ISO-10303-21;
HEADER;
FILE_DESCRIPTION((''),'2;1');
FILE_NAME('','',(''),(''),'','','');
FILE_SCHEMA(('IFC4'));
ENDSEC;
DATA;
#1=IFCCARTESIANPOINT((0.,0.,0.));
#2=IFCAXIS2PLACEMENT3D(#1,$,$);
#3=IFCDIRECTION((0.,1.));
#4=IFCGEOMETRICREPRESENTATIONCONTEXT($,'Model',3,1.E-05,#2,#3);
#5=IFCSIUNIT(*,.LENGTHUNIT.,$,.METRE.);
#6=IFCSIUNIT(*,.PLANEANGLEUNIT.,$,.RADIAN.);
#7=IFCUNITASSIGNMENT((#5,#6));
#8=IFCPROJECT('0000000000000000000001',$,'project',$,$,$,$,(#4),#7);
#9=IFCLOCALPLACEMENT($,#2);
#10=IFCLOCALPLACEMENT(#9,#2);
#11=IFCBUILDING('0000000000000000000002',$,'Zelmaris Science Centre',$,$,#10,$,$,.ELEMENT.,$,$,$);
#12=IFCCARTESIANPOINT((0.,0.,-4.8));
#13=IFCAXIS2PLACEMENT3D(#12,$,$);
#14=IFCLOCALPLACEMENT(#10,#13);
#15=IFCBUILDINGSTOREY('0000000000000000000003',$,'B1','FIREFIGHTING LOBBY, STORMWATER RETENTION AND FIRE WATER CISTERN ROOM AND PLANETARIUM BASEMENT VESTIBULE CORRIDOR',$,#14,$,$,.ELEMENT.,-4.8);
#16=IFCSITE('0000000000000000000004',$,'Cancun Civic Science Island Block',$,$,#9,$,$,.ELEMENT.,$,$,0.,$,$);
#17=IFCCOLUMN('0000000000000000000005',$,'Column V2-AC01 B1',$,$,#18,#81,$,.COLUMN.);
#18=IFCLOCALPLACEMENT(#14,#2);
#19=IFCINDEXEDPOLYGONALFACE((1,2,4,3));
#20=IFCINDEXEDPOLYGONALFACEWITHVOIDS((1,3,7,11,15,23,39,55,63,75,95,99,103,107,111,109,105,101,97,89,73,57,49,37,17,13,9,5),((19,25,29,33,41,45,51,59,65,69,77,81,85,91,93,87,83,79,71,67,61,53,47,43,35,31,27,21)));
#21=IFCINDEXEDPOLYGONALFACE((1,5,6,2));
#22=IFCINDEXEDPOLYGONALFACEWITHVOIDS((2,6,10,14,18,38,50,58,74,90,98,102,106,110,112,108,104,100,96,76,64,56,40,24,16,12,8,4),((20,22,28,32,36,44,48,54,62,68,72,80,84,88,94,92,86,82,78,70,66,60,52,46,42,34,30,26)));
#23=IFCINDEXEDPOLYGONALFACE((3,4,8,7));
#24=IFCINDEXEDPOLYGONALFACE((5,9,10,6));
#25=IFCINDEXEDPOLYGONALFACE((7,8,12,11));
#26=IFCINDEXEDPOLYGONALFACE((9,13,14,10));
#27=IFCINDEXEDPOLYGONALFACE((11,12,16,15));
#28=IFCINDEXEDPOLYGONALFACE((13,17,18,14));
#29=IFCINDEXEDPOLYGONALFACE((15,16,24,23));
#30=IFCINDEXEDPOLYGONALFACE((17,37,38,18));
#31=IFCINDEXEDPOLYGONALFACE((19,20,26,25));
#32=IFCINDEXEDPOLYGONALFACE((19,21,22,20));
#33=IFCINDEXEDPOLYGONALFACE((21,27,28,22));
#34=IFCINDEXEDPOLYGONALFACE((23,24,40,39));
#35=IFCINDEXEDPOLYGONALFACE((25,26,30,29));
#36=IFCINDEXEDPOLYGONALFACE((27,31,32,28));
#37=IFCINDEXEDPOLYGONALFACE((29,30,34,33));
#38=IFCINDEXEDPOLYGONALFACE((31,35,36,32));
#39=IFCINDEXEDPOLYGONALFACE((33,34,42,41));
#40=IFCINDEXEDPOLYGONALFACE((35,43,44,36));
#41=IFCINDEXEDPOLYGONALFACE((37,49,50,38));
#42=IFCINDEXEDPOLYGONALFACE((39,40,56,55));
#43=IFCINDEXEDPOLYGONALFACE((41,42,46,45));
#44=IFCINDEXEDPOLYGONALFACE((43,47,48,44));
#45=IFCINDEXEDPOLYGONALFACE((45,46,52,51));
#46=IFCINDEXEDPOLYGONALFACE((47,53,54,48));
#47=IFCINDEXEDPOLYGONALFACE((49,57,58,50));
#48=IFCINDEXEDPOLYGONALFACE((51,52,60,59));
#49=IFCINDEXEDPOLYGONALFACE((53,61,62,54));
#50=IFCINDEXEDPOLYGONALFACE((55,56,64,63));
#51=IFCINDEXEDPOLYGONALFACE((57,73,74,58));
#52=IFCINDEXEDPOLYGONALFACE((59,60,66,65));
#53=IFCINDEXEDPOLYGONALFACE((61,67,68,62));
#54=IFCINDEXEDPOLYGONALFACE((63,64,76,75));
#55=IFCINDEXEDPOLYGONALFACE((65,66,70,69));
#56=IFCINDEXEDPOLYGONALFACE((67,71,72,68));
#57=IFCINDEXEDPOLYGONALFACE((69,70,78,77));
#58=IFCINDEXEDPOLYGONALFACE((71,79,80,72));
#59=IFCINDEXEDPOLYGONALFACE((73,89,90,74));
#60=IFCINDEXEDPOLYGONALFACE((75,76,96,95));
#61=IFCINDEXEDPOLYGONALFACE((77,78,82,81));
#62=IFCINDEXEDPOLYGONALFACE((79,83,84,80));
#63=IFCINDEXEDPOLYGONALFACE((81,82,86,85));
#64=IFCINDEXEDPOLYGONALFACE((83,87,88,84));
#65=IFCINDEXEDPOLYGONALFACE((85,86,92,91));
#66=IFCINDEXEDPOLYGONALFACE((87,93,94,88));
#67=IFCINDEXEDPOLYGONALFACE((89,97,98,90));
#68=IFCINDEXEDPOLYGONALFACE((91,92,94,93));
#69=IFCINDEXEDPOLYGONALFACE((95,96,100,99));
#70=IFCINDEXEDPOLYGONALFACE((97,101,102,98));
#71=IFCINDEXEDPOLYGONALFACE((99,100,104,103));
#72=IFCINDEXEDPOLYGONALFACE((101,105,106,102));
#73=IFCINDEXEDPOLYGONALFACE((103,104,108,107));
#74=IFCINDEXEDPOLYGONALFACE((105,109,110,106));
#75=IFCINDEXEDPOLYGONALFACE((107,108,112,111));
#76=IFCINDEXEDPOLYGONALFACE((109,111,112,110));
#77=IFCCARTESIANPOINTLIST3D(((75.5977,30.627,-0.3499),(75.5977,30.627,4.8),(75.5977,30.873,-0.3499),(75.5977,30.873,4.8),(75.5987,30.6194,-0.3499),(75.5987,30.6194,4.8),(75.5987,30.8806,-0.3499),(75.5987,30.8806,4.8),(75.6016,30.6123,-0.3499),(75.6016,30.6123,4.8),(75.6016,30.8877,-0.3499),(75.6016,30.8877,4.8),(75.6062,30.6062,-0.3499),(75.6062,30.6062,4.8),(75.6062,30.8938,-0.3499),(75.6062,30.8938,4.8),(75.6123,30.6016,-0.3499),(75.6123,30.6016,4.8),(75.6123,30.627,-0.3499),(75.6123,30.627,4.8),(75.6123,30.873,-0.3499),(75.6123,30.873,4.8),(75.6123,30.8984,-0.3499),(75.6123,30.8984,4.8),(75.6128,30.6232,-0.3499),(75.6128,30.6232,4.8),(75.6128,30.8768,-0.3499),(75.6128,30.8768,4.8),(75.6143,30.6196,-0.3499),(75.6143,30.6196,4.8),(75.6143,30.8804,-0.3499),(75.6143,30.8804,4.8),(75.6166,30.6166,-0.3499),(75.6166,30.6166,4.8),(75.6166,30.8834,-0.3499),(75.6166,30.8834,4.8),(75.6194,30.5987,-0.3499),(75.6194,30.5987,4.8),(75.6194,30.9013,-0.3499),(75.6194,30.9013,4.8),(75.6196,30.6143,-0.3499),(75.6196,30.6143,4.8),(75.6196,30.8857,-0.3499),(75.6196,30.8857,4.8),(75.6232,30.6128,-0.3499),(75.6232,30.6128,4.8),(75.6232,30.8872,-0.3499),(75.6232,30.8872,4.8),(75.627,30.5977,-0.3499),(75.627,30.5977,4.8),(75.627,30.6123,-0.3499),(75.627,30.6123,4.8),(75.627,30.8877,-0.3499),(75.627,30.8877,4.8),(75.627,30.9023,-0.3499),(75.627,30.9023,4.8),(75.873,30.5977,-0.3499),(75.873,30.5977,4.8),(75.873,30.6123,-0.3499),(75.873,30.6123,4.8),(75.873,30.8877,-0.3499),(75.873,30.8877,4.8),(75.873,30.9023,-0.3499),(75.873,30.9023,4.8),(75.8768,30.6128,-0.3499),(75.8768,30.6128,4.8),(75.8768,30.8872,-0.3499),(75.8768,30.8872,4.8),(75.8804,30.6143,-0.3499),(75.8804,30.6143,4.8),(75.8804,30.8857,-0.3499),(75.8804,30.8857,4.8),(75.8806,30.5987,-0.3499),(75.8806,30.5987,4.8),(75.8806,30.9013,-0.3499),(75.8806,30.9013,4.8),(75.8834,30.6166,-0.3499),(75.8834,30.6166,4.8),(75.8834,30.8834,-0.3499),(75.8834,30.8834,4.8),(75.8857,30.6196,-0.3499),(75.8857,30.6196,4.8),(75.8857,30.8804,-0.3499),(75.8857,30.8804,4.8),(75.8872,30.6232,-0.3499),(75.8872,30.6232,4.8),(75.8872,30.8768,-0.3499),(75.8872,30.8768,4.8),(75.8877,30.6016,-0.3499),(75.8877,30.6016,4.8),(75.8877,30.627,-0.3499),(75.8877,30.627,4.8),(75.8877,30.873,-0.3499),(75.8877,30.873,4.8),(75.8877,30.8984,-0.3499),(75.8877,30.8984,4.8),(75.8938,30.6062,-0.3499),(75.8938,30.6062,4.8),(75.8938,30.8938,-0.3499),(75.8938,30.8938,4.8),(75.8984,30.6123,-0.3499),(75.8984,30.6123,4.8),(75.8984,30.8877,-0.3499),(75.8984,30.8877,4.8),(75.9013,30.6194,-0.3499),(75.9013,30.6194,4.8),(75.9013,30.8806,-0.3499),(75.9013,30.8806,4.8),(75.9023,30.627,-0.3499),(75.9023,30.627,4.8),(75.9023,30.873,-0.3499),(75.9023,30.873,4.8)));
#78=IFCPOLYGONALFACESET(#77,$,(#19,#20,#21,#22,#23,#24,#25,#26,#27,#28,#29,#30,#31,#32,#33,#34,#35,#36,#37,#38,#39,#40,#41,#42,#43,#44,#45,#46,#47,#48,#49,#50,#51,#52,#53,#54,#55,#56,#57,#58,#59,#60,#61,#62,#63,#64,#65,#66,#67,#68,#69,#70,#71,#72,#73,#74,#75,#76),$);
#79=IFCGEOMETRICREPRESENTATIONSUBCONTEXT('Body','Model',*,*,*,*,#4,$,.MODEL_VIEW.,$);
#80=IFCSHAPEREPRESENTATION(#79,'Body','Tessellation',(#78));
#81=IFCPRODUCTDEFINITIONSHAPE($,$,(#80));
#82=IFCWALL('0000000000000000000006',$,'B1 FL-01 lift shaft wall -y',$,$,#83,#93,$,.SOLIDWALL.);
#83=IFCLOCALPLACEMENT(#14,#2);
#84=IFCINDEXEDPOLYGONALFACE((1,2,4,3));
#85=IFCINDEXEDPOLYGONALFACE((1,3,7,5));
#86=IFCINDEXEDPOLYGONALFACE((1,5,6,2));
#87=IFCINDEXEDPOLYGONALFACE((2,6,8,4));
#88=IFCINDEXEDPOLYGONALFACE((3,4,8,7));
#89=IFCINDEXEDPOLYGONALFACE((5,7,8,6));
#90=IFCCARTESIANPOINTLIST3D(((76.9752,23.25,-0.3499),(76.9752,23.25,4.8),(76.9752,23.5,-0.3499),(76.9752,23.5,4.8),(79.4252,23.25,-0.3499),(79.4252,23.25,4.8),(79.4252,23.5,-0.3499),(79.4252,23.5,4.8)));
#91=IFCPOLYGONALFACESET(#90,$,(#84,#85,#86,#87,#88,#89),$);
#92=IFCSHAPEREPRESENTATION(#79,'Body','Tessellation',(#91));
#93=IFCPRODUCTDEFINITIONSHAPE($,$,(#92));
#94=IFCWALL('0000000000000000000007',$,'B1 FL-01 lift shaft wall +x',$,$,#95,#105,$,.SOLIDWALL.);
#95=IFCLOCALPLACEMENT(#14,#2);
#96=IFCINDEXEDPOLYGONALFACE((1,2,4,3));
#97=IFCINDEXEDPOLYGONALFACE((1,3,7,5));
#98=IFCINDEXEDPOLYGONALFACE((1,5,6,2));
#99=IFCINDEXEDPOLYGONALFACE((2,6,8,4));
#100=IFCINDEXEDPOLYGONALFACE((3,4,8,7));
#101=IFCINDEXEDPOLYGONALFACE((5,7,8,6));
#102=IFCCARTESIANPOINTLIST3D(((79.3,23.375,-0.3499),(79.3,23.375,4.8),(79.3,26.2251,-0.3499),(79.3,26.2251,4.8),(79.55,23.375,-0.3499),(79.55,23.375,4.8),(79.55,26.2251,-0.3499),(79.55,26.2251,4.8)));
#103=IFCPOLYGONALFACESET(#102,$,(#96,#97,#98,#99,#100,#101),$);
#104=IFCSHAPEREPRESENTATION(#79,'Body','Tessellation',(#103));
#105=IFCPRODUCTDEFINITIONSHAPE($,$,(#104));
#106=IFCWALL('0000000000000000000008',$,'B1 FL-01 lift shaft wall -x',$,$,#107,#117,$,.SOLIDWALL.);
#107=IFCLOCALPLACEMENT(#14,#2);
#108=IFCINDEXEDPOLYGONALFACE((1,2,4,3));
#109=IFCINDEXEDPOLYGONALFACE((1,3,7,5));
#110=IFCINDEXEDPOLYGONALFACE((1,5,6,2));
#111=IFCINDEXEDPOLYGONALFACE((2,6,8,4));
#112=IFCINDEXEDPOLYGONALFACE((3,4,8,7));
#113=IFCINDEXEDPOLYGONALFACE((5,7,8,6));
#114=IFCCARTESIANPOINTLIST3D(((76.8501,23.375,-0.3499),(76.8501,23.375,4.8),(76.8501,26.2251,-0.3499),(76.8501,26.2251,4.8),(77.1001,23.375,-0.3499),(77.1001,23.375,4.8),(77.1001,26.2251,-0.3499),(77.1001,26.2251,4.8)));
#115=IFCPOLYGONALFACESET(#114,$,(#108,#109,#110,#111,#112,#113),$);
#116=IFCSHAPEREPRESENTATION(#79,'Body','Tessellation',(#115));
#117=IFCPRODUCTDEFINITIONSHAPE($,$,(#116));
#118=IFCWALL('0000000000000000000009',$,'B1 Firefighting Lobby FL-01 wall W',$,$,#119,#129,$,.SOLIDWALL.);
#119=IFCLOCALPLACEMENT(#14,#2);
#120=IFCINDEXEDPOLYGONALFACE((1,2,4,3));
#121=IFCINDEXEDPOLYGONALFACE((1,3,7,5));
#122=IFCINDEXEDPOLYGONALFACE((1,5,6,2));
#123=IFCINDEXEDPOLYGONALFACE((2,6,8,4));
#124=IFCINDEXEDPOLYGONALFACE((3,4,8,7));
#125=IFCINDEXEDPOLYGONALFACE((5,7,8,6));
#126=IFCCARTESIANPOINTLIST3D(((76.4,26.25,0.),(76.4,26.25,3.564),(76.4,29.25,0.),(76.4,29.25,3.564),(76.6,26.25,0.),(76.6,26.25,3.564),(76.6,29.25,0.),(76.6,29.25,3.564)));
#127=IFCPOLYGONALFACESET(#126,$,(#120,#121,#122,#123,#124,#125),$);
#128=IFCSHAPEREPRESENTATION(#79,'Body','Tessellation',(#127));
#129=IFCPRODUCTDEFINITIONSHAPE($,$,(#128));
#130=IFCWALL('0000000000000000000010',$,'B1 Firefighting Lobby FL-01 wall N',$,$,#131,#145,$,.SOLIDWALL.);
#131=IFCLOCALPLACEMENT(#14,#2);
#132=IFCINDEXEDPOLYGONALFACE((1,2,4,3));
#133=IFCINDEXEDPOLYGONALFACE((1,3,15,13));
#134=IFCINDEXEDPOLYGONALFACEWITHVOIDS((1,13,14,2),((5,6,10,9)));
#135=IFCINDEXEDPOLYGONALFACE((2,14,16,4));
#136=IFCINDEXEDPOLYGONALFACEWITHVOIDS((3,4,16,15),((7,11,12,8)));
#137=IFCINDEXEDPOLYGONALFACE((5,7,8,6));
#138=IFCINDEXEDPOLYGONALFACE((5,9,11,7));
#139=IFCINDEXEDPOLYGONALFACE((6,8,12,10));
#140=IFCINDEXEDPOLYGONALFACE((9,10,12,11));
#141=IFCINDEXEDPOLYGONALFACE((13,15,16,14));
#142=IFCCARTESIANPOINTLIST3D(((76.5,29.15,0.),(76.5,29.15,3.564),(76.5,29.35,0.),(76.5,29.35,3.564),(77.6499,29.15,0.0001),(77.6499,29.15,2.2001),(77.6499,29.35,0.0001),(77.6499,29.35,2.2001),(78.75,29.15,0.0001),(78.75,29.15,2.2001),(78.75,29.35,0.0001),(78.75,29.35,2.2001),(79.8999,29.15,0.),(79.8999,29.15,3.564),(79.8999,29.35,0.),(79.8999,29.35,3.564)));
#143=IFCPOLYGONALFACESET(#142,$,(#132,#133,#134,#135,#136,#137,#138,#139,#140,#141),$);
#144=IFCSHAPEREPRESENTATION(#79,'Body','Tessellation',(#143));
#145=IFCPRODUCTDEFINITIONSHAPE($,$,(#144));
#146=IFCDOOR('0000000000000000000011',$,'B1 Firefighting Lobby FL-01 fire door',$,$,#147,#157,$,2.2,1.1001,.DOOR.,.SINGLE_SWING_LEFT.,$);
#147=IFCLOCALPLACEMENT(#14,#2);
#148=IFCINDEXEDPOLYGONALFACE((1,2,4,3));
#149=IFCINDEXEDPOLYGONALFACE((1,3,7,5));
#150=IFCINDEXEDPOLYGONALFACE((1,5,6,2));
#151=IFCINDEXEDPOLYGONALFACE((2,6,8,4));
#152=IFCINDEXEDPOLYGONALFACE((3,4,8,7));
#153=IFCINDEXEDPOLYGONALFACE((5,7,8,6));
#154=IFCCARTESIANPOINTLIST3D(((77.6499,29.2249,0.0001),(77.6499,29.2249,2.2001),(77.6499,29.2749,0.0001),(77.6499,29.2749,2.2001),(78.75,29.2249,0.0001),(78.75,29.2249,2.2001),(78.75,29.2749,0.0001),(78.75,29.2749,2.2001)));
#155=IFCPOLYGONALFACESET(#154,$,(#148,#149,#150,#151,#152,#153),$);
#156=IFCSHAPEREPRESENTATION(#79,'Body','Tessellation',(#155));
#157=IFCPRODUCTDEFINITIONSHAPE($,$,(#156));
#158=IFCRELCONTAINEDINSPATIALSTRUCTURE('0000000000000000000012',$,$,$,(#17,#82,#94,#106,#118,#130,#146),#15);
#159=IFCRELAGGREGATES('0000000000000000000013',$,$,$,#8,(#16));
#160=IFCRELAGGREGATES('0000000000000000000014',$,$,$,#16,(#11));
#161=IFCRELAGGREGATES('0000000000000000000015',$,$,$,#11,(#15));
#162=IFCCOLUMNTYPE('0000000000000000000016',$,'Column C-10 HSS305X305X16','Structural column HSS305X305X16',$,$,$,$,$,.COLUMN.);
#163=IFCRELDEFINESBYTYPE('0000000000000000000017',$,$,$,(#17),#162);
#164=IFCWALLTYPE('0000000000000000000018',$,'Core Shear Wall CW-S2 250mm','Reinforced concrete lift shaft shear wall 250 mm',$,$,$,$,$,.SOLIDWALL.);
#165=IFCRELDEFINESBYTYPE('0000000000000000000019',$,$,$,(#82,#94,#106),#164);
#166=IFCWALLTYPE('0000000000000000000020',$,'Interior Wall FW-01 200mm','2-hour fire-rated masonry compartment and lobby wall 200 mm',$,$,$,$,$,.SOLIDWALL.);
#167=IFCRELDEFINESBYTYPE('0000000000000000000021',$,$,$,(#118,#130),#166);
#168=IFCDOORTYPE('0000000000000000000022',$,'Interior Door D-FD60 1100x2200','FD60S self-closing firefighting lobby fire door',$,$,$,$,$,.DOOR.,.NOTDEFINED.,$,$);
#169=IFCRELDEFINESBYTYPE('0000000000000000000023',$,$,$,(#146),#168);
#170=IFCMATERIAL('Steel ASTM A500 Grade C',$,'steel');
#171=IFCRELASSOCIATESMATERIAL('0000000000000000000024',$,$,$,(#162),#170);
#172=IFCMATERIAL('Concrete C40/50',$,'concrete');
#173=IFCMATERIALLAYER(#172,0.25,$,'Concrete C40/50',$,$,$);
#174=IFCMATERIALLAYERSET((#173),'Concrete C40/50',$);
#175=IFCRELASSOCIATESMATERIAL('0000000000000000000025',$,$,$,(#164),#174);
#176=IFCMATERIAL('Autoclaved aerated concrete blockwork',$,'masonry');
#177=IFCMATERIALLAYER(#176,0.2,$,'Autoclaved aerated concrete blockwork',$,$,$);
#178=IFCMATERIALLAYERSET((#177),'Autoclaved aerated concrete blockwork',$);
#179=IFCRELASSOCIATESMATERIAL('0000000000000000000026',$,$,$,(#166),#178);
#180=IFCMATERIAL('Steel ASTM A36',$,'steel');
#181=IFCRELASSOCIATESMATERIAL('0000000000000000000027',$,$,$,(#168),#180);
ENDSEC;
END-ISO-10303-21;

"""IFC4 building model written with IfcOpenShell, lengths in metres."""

from ifc_helpers import new_model, si_unit, direction, frame, frame_2d, origin, origin_2d, place, context, subcontext, project, spatial, rectangle, hollow_rectangle, extrude, material, layer, layer_set, material_profile, profile_set, type_object, element, fill, save


model = new_model("IFC4")

# Units and contexts
model_context = context("Model", 3, precision=1e-05, world=origin(), true_north=direction((0.0, 1.0)))
body_context = subcontext(model_context, "Body", "Model", "MODEL_VIEW")
ifc_project = project(units=[si_unit("LENGTHUNIT", "METRE"), si_unit("PLANEANGLEUNIT", "RADIAN")], contexts=[model_context])

# Site, building, storey
site_placement = place(None, origin())
site = spatial("IfcSite", under=ifc_project, at=site_placement, Name="Cancun Civic Science Island Block", CompositionType="ELEMENT", RefElevation=0.0)
building_placement = place(site_placement, origin())
building = spatial("IfcBuilding", under=site, at=building_placement, Name="Zelmaris Science Centre", CompositionType="ELEMENT")
storey_placement = place(building_placement, frame((0.0, 0.0, -4.8)))
storey = spatial("IfcBuildingStorey", under=building, at=storey_placement, Name="B1", Description="FIREFIGHTING LOBBY, STORMWATER RETENTION AND FIRE WATER CISTERN ROOM AND PLANETARIUM BASEMENT VESTIBULE CORRIDOR", CompositionType="ELEMENT", Elevation=-4.8)

# Shared definitions
ifc_material_1 = material(Name="Concrete C40/50", Category="concrete")

# Column
ifc_material_2 = material(Name="Steel ASTM A500 Grade C", Category="steel")
ifc_material_profile_1 = material_profile(ifc_material_2, hollow_rectangle(XDim=0.3047, YDim=0.3047, WallThickness=0.0146, InnerFilletRadius=0.0146, OuterFilletRadius=0.0293, at=origin_2d()), Name="HSS305X305X16")
ifc_profile_set_1 = profile_set([ifc_material_profile_1], Name="Steel ASTM A500 Grade C")
column_type_1 = type_object("IfcColumnType", Name="Column C-10 HSS305X305X16", Description="Structural column HSS305X305X16", PredefinedType="COLUMN", material=ifc_profile_set_1)
column_1_placement = place(storey_placement, frame((75.75, 30.75, -0.3499), z_axis=(0.0, 0.0, 1.0), x_axis=(1.0, 0.0, 0.0)))
element("IfcColumn", 1, at=column_1_placement, inside=storey, type_object=column_type_1, Name="Column V2-AC01 B1", PredefinedType="COLUMN", context=body_context, shape_type="SweptSolid", body=[
    extrude(hollow_rectangle(XDim=0.3047, YDim=0.3047, WallThickness=0.0146, InnerFilletRadius=0.0146, OuterFilletRadius=0.0293, at=origin_2d()), origin(), (0.0, 0.0, 1.0), 5.1499),
])

# Walls
ifc_layer_1 = layer(ifc_material_1, 0.25, Name="Concrete C40/50")
ifc_layer_set_1 = layer_set([ifc_layer_1], Name="Concrete C40/50")
wall_type_1 = type_object("IfcWallType", Name="Core Shear Wall CW-S2 250mm", Description="Reinforced concrete lift shaft shear wall 250 mm", PredefinedType="SOLIDWALL", material=ifc_layer_set_1)
wall_1_placement = place(storey_placement, frame((76.9751, 23.375, -0.3499), z_axis=(0.0, 0.0, 1.0), x_axis=(1.0, 0.0, 0.0)))
element("IfcWall", 2, at=wall_1_placement, inside=storey, type_object=wall_type_1, Name="B1 FL-01 lift shaft wall -y", PredefinedType="SOLIDWALL", context=body_context, shape_type="SweptSolid", body=[
    extrude(rectangle(XDim=2.45, YDim=0.25, at=frame_2d((1.2251, 0.0))), origin(), (0.0, 0.0, 1.0), 5.1499),
])
for number, where, z_axis, x_axis, name in (
    (3, (79.425, 23.375, -0.3499), (0.0, 0.0, 1.0), (0.0, 1.0, 0.0), "B1 FL-01 lift shaft wall +x"),
    (4, (76.9751, 26.2251, -0.3499), (0.0, 0.0, 1.0), (0.0, -1.0, 0.0), "B1 FL-01 lift shaft wall -x"),
):
    element("IfcWall", number, at=place(storey_placement, frame(where, z_axis=z_axis, x_axis=x_axis)), inside=storey, type_object=wall_type_1, Name=name, PredefinedType="SOLIDWALL", context=body_context, shape_type="SweptSolid", body=[
        extrude(rectangle(XDim=2.8501, YDim=0.25, at=frame_2d((1.425, 0.0))), origin(), (0.0, 0.0, 1.0), 5.1499),
    ])
ifc_material_3 = material(Name="Autoclaved aerated concrete blockwork", Category="masonry")
ifc_layer_2 = layer(ifc_material_3, 0.2, Name="Autoclaved aerated concrete blockwork")
ifc_layer_set_2 = layer_set([ifc_layer_2], Name="Autoclaved aerated concrete blockwork")
wall_type_2 = type_object("IfcWallType", Name="Interior Wall FW-01 200mm", Description="2-hour fire-rated masonry compartment and lobby wall 200 mm", PredefinedType="SOLIDWALL", material=ifc_layer_set_2)
wall_2_placement = place(storey_placement, frame((76.5, 26.25, 0.0), z_axis=(0.0, 0.0, 1.0), x_axis=(0.0, 1.0, 0.0)))
element("IfcWall", 5, at=wall_2_placement, inside=storey, type_object=wall_type_2, Name="B1 Firefighting Lobby FL-01 wall W", PredefinedType="SOLIDWALL", context=body_context, shape_type="SweptSolid", body=[
    extrude(rectangle(XDim=3.0, YDim=0.2, at=frame_2d((1.5, 0.0))), origin(), (0.0, 0.0, 1.0), 3.564),
])

# Wall, opening, door
wall_3_placement = place(storey_placement, frame((76.5, 29.25, 0.0), z_axis=(0.0, 0.0, 1.0), x_axis=(1.0, 0.0, 0.0)))
wall_3 = element("IfcWall", 6, at=wall_3_placement, inside=storey, type_object=wall_type_2, Name="B1 Firefighting Lobby FL-01 wall N", PredefinedType="SOLIDWALL", context=body_context, shape_type="SweptSolid", body=[
    extrude(rectangle(XDim=3.3999, YDim=0.2, at=frame_2d((1.7, 0.0))), origin(), (0.0, 0.0, 1.0), 3.564),
])
opening_placement = place(wall_3_placement, frame((1.1499, 0.0, 0.0)))
opening = element("IfcOpeningElement", 7, at=opening_placement, cuts=wall_3, PredefinedType="OPENING", context=body_context, shape_type="SweptSolid", body=[
    extrude(rectangle(XDim=1.1001, YDim=2.2, at=frame_2d((0.55, 1.1001))), frame((0.0, 0.1099, 0.0), z_axis=(0.0, -1.0, 0.0), x_axis=(1.0, 0.0, 0.0)), (0.0, 0.0, 1.0), 0.22),
])
ifc_material_4 = material(Name="Steel ASTM A36", Category="steel")
door_type = type_object("IfcDoorType", Name="Interior Door D-FD60 1100x2200", Description="FD60S self-closing firefighting lobby fire door", OperationType="NOTDEFINED", PredefinedType="DOOR", material=ifc_material_4)
door_placement = place(opening_placement, origin())
door = element("IfcDoor", 8, at=door_placement, inside=storey, type_object=door_type, Name="B1 Firefighting Lobby FL-01 fire door", OperationType="SINGLE_SWING_LEFT", OverallHeight=2.2, OverallWidth=1.1001, PredefinedType="DOOR", context=body_context, shape_type="SweptSolid", body=[
    extrude(rectangle(XDim=1.1001, YDim=2.2, at=frame_2d((0.55, 1.1001))), frame((0.0, 0.0249, 0.0), z_axis=(0.0, -1.0, 0.0), x_axis=(1.0, 0.0, 0.0)), (0.0, 0.0, 1.0), 0.05),
])
fill(opening, door)

save(model, "model.ifc")
